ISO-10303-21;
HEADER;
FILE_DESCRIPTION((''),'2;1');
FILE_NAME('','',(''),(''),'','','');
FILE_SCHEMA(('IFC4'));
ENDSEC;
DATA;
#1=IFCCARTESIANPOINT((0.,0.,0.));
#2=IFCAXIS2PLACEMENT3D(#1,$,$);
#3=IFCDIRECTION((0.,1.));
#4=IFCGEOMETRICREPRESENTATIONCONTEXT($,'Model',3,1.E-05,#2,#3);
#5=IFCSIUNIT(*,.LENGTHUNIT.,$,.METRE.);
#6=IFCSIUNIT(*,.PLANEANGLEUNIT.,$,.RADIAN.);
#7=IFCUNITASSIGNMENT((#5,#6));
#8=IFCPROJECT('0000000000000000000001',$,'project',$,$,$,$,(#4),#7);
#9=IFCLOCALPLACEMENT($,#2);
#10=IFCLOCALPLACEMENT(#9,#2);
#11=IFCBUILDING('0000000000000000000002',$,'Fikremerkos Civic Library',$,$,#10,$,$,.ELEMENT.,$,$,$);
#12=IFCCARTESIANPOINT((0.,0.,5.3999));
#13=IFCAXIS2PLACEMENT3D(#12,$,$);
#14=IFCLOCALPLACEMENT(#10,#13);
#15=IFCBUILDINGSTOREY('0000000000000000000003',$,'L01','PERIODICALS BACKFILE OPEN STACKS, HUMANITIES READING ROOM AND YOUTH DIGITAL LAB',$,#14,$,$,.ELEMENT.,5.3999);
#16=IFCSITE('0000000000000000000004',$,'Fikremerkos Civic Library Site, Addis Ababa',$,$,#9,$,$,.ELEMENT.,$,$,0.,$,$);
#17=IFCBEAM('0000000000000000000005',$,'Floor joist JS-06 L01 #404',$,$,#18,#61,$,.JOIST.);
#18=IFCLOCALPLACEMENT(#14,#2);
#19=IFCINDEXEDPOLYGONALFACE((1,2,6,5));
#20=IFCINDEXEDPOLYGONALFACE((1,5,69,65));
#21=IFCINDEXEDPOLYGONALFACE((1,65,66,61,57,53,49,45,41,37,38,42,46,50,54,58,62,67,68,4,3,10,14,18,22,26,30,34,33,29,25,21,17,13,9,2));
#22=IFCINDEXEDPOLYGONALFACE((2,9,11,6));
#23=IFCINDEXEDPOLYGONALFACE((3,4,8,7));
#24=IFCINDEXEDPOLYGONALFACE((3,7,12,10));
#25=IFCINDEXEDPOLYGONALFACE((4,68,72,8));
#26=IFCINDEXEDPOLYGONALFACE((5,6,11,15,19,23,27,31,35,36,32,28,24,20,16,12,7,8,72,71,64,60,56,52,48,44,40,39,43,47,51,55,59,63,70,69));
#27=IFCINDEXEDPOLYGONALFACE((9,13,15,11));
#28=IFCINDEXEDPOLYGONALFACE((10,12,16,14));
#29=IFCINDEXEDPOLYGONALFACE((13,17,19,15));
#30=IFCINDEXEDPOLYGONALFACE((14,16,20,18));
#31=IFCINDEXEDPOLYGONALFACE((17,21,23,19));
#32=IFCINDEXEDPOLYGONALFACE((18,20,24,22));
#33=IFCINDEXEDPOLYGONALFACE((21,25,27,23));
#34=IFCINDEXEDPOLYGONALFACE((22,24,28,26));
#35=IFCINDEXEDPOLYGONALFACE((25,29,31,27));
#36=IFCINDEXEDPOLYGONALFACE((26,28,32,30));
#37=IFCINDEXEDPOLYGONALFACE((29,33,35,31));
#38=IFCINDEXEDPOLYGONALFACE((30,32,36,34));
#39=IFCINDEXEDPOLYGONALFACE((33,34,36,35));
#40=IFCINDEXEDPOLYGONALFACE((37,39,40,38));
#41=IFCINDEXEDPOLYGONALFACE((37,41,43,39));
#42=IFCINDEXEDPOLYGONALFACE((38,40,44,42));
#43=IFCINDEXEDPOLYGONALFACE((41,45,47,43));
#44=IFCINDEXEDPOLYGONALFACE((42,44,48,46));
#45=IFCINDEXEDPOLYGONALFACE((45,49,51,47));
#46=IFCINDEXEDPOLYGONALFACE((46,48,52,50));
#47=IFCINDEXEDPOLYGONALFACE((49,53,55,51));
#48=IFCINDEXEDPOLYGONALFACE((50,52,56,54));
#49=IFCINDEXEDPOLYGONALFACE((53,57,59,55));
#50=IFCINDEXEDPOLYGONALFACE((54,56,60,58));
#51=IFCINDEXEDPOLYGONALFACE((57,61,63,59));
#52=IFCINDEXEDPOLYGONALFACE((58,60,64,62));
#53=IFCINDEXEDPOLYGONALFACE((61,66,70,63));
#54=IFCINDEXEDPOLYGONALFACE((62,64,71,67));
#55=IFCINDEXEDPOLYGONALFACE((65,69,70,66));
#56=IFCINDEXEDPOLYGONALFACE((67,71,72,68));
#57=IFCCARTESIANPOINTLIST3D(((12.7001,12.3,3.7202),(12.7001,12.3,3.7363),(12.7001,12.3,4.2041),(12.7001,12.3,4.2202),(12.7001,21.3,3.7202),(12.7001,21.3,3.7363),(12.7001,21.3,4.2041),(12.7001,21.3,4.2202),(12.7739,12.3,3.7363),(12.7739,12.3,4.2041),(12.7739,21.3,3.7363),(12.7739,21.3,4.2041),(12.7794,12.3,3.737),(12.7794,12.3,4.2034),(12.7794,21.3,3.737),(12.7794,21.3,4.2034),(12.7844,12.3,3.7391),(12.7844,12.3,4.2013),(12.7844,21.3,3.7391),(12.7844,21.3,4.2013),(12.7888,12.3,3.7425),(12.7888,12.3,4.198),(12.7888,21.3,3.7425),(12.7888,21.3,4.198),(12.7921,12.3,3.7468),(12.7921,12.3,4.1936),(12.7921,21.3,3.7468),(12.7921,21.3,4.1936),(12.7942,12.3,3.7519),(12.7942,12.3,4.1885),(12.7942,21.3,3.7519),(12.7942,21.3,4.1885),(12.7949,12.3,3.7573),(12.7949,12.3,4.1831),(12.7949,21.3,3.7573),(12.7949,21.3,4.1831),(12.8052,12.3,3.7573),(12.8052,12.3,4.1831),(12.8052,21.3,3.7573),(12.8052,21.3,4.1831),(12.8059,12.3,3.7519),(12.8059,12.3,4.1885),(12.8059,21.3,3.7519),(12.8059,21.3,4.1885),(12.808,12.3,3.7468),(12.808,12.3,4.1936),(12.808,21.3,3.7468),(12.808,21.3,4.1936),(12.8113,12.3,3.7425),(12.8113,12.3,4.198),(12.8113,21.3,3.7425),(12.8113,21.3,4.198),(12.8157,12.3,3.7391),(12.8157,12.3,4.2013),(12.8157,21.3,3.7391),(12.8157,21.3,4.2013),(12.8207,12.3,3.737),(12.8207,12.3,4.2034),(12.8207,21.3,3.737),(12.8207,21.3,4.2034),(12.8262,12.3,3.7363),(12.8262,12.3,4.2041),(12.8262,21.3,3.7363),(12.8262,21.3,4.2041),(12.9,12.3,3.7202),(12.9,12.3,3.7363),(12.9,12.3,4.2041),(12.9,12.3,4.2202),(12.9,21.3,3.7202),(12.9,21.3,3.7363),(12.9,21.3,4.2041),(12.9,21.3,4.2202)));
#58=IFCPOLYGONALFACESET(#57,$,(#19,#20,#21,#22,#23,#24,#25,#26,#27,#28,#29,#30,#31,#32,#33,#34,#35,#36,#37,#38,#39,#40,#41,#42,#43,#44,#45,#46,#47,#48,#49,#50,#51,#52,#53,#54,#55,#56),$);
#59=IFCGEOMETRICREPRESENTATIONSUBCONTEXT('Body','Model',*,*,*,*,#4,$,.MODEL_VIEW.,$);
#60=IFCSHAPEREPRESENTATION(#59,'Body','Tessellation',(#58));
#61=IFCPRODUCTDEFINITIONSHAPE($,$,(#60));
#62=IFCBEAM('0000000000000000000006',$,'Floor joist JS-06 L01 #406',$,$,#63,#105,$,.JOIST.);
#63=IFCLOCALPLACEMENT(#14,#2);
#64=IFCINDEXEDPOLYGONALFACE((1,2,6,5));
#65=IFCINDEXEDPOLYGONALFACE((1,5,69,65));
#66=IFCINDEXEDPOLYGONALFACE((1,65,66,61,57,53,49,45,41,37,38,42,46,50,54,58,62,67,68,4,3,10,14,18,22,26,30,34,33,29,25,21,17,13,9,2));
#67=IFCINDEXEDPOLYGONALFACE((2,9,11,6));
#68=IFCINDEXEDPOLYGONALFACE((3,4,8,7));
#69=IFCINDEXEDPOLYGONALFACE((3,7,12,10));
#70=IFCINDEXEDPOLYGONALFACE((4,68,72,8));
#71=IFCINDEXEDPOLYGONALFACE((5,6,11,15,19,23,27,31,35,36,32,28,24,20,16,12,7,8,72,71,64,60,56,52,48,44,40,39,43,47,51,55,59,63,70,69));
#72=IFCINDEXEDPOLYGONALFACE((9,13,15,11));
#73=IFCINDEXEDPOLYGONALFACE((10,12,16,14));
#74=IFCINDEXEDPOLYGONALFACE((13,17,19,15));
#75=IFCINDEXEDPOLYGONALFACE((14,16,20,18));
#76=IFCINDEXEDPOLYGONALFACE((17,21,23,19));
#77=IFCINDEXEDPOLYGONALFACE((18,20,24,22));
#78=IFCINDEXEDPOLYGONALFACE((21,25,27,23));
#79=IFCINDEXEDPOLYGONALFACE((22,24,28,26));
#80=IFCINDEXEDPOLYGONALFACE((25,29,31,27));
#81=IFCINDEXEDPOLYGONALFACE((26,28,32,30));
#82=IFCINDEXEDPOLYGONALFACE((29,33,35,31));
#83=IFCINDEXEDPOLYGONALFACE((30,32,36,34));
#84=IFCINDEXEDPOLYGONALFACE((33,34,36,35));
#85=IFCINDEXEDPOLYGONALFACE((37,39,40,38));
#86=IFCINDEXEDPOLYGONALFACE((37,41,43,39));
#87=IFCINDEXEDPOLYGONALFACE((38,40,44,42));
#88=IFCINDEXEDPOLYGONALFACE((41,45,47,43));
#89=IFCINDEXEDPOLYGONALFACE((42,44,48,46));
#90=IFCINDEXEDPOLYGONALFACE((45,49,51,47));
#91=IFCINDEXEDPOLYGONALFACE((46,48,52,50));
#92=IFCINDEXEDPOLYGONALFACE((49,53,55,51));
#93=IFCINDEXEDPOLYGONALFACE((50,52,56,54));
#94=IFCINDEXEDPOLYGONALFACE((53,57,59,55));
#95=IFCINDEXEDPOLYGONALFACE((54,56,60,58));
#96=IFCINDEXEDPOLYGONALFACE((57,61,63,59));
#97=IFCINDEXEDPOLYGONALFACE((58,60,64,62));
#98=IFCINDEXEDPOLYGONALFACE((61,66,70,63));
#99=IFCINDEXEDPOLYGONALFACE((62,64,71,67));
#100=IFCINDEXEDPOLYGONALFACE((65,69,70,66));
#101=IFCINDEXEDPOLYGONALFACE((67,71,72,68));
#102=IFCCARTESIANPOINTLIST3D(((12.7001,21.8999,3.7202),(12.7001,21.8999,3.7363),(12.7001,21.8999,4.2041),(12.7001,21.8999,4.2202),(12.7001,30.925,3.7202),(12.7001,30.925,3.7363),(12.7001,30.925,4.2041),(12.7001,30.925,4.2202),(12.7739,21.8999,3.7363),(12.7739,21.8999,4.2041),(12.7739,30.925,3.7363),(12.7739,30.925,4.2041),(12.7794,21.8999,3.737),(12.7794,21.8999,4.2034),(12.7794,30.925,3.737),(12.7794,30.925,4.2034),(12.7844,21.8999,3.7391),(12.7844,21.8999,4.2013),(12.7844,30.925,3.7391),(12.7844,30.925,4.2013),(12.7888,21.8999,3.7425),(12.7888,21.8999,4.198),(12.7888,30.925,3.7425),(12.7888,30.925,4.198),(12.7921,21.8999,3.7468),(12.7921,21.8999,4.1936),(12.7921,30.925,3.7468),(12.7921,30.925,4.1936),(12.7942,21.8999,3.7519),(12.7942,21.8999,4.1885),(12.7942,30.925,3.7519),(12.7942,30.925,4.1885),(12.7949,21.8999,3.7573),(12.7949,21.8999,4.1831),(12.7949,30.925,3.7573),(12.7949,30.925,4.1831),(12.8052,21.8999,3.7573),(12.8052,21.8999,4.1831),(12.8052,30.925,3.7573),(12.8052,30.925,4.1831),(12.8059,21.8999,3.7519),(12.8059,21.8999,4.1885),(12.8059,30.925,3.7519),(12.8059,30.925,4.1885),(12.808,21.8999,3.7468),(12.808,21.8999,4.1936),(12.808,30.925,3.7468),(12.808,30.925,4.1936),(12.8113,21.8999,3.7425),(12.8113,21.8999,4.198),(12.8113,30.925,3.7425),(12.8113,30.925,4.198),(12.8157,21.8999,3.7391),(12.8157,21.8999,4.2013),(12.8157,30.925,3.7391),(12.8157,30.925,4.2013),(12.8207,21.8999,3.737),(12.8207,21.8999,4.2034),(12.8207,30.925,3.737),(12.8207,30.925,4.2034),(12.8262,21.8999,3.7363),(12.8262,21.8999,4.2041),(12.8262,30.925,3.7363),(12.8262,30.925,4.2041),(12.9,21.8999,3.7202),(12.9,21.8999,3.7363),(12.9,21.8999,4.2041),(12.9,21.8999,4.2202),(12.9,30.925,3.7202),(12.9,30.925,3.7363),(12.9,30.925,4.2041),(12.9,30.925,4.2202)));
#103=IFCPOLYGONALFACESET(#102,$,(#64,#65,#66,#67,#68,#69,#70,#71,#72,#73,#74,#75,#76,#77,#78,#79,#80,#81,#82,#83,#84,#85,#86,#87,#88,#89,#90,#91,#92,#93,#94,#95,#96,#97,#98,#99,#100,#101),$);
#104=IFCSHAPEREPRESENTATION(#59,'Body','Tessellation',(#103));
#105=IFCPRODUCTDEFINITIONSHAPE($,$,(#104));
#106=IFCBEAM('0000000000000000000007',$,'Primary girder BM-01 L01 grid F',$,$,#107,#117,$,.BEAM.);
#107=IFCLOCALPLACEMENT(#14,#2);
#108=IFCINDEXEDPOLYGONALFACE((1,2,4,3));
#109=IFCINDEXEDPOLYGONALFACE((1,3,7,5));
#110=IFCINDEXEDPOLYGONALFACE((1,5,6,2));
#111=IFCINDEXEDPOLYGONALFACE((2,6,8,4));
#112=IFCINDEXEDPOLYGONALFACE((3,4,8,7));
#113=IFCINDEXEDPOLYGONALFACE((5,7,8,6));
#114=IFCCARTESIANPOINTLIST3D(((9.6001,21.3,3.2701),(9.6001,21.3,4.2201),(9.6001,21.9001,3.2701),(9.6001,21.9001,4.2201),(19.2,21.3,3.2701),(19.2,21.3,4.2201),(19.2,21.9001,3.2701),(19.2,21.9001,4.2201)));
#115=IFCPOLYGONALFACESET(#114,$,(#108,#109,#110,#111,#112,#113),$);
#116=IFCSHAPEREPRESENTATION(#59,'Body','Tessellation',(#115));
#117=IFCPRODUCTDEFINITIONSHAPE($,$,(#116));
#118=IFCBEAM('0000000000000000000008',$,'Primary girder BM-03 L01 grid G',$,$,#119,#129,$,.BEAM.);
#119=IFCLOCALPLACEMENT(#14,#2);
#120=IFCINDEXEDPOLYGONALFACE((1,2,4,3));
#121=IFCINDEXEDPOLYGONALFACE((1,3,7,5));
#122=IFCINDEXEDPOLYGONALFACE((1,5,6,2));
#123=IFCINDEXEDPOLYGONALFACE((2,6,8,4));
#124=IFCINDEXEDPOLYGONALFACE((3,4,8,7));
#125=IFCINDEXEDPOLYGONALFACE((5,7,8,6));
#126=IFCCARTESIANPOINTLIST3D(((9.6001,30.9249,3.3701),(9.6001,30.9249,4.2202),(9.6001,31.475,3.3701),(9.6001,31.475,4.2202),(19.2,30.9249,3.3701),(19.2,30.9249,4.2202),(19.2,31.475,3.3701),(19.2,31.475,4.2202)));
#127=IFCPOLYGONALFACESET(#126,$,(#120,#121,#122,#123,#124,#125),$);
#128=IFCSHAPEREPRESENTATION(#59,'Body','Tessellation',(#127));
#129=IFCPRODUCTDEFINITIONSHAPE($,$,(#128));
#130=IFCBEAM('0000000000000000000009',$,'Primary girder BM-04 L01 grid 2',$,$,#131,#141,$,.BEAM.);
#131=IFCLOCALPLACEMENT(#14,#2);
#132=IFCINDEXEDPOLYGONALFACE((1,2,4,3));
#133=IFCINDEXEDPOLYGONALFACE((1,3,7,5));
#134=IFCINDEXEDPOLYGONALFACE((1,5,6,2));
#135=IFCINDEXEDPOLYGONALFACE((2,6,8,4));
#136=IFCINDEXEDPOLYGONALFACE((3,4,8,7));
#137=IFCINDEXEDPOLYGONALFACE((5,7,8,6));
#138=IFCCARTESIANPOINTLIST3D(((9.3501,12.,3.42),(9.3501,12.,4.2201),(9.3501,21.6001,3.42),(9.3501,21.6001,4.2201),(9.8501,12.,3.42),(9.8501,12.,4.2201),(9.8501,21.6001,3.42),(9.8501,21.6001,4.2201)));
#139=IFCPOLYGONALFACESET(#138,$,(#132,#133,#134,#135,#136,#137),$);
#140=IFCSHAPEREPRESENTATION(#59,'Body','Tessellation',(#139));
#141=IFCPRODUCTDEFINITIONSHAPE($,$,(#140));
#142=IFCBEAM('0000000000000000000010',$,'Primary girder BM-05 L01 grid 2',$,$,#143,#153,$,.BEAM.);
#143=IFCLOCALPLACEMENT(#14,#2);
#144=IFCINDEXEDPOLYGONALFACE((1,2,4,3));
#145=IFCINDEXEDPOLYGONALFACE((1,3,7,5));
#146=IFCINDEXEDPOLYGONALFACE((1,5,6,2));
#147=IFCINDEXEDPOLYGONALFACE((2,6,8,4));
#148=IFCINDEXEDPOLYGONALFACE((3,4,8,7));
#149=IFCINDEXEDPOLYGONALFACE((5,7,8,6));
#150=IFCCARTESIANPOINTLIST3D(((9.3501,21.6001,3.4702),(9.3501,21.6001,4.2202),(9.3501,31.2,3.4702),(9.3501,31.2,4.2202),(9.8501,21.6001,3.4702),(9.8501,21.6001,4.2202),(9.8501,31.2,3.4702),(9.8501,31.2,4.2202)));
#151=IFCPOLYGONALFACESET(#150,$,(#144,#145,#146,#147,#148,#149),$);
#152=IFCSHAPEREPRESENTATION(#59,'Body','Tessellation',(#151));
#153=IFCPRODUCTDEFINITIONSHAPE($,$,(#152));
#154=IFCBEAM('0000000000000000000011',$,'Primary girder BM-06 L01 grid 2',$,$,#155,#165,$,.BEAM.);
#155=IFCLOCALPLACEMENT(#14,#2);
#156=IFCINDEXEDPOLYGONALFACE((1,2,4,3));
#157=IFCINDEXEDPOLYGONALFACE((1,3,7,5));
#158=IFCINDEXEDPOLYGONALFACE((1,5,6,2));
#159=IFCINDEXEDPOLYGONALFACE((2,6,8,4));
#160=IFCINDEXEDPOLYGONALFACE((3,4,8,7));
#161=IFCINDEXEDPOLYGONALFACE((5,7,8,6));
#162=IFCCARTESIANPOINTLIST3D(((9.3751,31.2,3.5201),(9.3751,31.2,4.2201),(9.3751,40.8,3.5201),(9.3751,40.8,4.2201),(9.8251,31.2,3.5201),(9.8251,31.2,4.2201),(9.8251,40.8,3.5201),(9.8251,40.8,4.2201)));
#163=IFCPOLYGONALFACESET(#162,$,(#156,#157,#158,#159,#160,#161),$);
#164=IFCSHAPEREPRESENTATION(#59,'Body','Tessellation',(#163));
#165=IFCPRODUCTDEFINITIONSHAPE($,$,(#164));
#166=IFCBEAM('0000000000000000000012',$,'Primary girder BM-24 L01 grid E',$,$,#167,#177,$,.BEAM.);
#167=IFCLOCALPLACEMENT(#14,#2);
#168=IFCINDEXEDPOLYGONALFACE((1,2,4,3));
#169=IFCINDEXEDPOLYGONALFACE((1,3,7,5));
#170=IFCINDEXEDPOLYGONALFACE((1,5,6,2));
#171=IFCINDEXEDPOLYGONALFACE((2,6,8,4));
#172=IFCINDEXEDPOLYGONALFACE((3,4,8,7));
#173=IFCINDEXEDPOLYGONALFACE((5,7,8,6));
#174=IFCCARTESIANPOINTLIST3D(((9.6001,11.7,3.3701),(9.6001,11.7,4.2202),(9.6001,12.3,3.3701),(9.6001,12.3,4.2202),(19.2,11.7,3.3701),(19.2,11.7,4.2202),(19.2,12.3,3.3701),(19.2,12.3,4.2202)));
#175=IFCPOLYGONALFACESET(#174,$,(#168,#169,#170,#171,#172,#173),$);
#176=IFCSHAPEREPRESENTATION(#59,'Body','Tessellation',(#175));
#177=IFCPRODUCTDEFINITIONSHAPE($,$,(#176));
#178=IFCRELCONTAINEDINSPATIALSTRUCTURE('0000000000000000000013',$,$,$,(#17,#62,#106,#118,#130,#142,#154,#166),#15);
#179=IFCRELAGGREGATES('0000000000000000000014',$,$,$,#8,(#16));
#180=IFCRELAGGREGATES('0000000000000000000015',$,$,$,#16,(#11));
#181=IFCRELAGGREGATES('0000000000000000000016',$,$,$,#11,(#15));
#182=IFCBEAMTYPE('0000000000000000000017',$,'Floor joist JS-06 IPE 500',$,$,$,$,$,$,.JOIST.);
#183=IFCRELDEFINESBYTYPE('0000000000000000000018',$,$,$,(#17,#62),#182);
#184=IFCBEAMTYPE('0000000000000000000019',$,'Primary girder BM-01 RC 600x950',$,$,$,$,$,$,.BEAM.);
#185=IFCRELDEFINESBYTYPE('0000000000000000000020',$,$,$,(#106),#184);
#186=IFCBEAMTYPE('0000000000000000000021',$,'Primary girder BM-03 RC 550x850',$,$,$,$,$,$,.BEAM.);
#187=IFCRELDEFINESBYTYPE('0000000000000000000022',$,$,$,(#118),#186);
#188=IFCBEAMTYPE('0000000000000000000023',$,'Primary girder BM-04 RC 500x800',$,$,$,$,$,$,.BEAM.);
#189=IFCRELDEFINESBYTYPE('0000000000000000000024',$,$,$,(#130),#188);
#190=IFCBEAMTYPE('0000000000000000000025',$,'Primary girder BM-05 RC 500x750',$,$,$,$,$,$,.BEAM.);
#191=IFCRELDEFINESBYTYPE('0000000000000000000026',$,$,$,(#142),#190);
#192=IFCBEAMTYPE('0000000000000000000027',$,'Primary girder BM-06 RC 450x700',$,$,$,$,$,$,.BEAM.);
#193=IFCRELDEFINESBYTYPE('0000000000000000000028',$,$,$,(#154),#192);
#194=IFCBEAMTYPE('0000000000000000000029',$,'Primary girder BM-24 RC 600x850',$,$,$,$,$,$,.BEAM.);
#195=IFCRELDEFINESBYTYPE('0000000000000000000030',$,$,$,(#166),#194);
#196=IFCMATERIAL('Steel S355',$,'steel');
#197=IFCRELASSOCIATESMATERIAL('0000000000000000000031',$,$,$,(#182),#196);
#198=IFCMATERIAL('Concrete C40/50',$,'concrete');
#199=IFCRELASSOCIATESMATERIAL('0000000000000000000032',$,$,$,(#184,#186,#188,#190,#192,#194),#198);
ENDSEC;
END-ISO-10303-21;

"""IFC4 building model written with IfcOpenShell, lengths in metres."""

from ifc_helpers import new_model, si_unit, direction, frame, origin, origin_2d, place, context, subcontext, project, spatial, rectangle, i_section, extrude, material, material_profile, profile_set, type_object, element, save


model = new_model("IFC4")

# Units and contexts
model_context = context("Model", 3, precision=1e-05, world=origin(), true_north=direction((0.0, 1.0)))
body_context = subcontext(model_context, "Body", "Model", "MODEL_VIEW")
ifc_project = project(units=[si_unit("LENGTHUNIT", "METRE"), si_unit("PLANEANGLEUNIT", "RADIAN")], contexts=[model_context])

# Site, building, storey
site_placement = place(None, origin())
site = spatial("IfcSite", under=ifc_project, at=site_placement, Name="Fikremerkos Civic Library Site, Addis Ababa", CompositionType="ELEMENT", RefElevation=0.0)
building_placement = place(site_placement, origin())
building = spatial("IfcBuilding", under=site, at=building_placement, Name="Fikremerkos Civic Library", CompositionType="ELEMENT")
storey_placement = place(building_placement, frame((0.0, 0.0, 5.3999)))
storey = spatial("IfcBuildingStorey", under=building, at=storey_placement, Name="L01", Description="PERIODICALS BACKFILE OPEN STACKS, HUMANITIES READING ROOM AND YOUTH DIGITAL LAB", CompositionType="ELEMENT", Elevation=5.3999)

# Shared definitions
ifc_material_1 = material(Name="Concrete C40/50", Category="concrete")

# Beams
ifc_material_2 = material(Name="Steel S355", Category="steel")
ifc_material_profile_1 = material_profile(ifc_material_2, i_section(OverallWidth=0.2, OverallDepth=0.5, WebThickness=0.0103, FlangeThickness=0.0161, FilletRadius=0.021, at=origin_2d()), Name="IPE 500")
ifc_profile_set_1 = profile_set([ifc_material_profile_1], Name="Steel S355")
beam_type_1 = type_object("IfcBeamType", Name="Floor joist JS-06 IPE 500", PredefinedType="JOIST", material=ifc_profile_set_1)
beam_1_placement = place(storey_placement, frame((12.8, 12.3, 3.9702), z_axis=(0.0, 1.0, 0.0), x_axis=(-1.0, 0.0, 0.0)))
element("IfcBeam", 1, at=beam_1_placement, inside=storey, type_object=beam_type_1, Name="Floor joist JS-06 L01 #404", PredefinedType="JOIST", context=body_context, shape_type="SweptSolid", body=[
    extrude(i_section(OverallWidth=0.2, OverallDepth=0.5, WebThickness=0.0103, FlangeThickness=0.0161, FilletRadius=0.021, at=origin_2d()), origin(), (0.0, 0.0, 1.0), 9.0),
])
beam_2_placement = place(storey_placement, frame((12.8, 21.8999, 3.9702), z_axis=(0.0, 1.0, 0.0), x_axis=(-1.0, 0.0, 0.0)))
element("IfcBeam", 2, at=beam_2_placement, inside=storey, type_object=beam_type_1, Name="Floor joist JS-06 L01 #406", PredefinedType="JOIST", context=body_context, shape_type="SweptSolid", body=[
    extrude(i_section(OverallWidth=0.2, OverallDepth=0.5, WebThickness=0.0103, FlangeThickness=0.0161, FilletRadius=0.021, at=origin_2d()), origin(), (0.0, 0.0, 1.0), 9.0251),
])
ifc_material_profile_2 = material_profile(ifc_material_1, rectangle(XDim=0.6001, YDim=0.95, at=origin_2d()), Name="RC 600x950")
ifc_profile_set_2 = profile_set([ifc_material_profile_2], Name="Concrete C40/50")
beam_type_2 = type_object("IfcBeamType", Name="Primary girder BM-01 RC 600x950", PredefinedType="BEAM", material=ifc_profile_set_2)
beam_3_placement = place(storey_placement, frame((9.6001, 21.6001, 3.7451), z_axis=(1.0, 0.0, 0.0), x_axis=(0.0, 1.0, 0.0)))
element("IfcBeam", 3, at=beam_3_placement, inside=storey, type_object=beam_type_2, Name="Primary girder BM-01 L01 grid F", PredefinedType="BEAM", context=body_context, shape_type="SweptSolid", body=[
    extrude(rectangle(XDim=0.6001, YDim=0.95, at=origin_2d()), origin(), (0.0, 0.0, 1.0), 9.5999),
])
ifc_material_profile_3 = material_profile(ifc_material_1, rectangle(XDim=0.55, YDim=0.8501, at=origin_2d()), Name="RC 550x850")
ifc_profile_set_3 = profile_set([ifc_material_profile_3], Name="Concrete C40/50")
beam_type_3 = type_object("IfcBeamType", Name="Primary girder BM-03 RC 550x850", PredefinedType="BEAM", material=ifc_profile_set_3)
beam_4_placement = place(storey_placement, frame((9.6001, 31.2, 3.7952), z_axis=(1.0, 0.0, 0.0), x_axis=(0.0, 1.0, 0.0)))
element("IfcBeam", 4, at=beam_4_placement, inside=storey, type_object=beam_type_3, Name="Primary girder BM-03 L01 grid G", PredefinedType="BEAM", context=body_context, shape_type="SweptSolid", body=[
    extrude(rectangle(XDim=0.55, YDim=0.8501, at=origin_2d()), origin(), (0.0, 0.0, 1.0), 9.5999),
])
ifc_material_profile_4 = material_profile(ifc_material_1, rectangle(XDim=0.5, YDim=0.8, at=origin_2d()), Name="RC 500x800")
ifc_profile_set_4 = profile_set([ifc_material_profile_4], Name="Concrete C40/50")
beam_type_4 = type_object("IfcBeamType", Name="Primary girder BM-04 RC 500x800", PredefinedType="BEAM", material=ifc_profile_set_4)
beam_5_placement = place(storey_placement, frame((9.6001, 12.0, 3.8201), z_axis=(0.0, 1.0, 0.0), x_axis=(-1.0, 0.0, 0.0)))
element("IfcBeam", 5, at=beam_5_placement, inside=storey, type_object=beam_type_4, Name="Primary girder BM-04 L01 grid 2", PredefinedType="BEAM", context=body_context, shape_type="SweptSolid", body=[
    extrude(rectangle(XDim=0.5, YDim=0.8, at=origin_2d()), origin(), (0.0, 0.0, 1.0), 9.6001),
])
ifc_material_profile_5 = material_profile(ifc_material_1, rectangle(XDim=0.5, YDim=0.75, at=origin_2d()), Name="RC 500x750")
ifc_profile_set_5 = profile_set([ifc_material_profile_5], Name="Concrete C40/50")
beam_type_5 = type_object("IfcBeamType", Name="Primary girder BM-05 RC 500x750", PredefinedType="BEAM", material=ifc_profile_set_5)
beam_6_placement = place(storey_placement, frame((9.6001, 21.6001, 3.8452), z_axis=(0.0, 1.0, 0.0), x_axis=(-1.0, 0.0, 0.0)))
element("IfcBeam", 6, at=beam_6_placement, inside=storey, type_object=beam_type_5, Name="Primary girder BM-05 L01 grid 2", PredefinedType="BEAM", context=body_context, shape_type="SweptSolid", body=[
    extrude(rectangle(XDim=0.5, YDim=0.75, at=origin_2d()), origin(), (0.0, 0.0, 1.0), 9.5999),
])
ifc_material_profile_6 = material_profile(ifc_material_1, rectangle(XDim=0.45, YDim=0.7, at=origin_2d()), Name="RC 450x700")
ifc_profile_set_6 = profile_set([ifc_material_profile_6], Name="Concrete C40/50")
beam_type_6 = type_object("IfcBeamType", Name="Primary girder BM-06 RC 450x700", PredefinedType="BEAM", material=ifc_profile_set_6)
beam_7_placement = place(storey_placement, frame((9.6001, 31.2, 3.8701), z_axis=(0.0, 1.0, 0.0), x_axis=(-1.0, 0.0, 0.0)))
element("IfcBeam", 7, at=beam_7_placement, inside=storey, type_object=beam_type_6, Name="Primary girder BM-06 L01 grid 2", PredefinedType="BEAM", context=body_context, shape_type="SweptSolid", body=[
    extrude(rectangle(XDim=0.45, YDim=0.7, at=origin_2d()), origin(), (0.0, 0.0, 1.0), 9.6001),
])
ifc_material_profile_7 = material_profile(ifc_material_1, rectangle(XDim=0.6001, YDim=0.8501, at=origin_2d()), Name="RC 600x850")
ifc_profile_set_7 = profile_set([ifc_material_profile_7], Name="Concrete C40/50")
beam_type_7 = type_object("IfcBeamType", Name="Primary girder BM-24 RC 600x850", PredefinedType="BEAM", material=ifc_profile_set_7)
beam_8_placement = place(storey_placement, frame((9.6001, 12.0, 3.7952), z_axis=(1.0, 0.0, 0.0), x_axis=(0.0, 1.0, 0.0)))
element("IfcBeam", 8, at=beam_8_placement, inside=storey, type_object=beam_type_7, Name="Primary girder BM-24 L01 grid E", PredefinedType="BEAM", context=body_context, shape_type="SweptSolid", body=[
    extrude(rectangle(XDim=0.6001, YDim=0.8501, at=origin_2d()), origin(), (0.0, 0.0, 1.0), 9.5999),
])

save(model, "model.ifc")
